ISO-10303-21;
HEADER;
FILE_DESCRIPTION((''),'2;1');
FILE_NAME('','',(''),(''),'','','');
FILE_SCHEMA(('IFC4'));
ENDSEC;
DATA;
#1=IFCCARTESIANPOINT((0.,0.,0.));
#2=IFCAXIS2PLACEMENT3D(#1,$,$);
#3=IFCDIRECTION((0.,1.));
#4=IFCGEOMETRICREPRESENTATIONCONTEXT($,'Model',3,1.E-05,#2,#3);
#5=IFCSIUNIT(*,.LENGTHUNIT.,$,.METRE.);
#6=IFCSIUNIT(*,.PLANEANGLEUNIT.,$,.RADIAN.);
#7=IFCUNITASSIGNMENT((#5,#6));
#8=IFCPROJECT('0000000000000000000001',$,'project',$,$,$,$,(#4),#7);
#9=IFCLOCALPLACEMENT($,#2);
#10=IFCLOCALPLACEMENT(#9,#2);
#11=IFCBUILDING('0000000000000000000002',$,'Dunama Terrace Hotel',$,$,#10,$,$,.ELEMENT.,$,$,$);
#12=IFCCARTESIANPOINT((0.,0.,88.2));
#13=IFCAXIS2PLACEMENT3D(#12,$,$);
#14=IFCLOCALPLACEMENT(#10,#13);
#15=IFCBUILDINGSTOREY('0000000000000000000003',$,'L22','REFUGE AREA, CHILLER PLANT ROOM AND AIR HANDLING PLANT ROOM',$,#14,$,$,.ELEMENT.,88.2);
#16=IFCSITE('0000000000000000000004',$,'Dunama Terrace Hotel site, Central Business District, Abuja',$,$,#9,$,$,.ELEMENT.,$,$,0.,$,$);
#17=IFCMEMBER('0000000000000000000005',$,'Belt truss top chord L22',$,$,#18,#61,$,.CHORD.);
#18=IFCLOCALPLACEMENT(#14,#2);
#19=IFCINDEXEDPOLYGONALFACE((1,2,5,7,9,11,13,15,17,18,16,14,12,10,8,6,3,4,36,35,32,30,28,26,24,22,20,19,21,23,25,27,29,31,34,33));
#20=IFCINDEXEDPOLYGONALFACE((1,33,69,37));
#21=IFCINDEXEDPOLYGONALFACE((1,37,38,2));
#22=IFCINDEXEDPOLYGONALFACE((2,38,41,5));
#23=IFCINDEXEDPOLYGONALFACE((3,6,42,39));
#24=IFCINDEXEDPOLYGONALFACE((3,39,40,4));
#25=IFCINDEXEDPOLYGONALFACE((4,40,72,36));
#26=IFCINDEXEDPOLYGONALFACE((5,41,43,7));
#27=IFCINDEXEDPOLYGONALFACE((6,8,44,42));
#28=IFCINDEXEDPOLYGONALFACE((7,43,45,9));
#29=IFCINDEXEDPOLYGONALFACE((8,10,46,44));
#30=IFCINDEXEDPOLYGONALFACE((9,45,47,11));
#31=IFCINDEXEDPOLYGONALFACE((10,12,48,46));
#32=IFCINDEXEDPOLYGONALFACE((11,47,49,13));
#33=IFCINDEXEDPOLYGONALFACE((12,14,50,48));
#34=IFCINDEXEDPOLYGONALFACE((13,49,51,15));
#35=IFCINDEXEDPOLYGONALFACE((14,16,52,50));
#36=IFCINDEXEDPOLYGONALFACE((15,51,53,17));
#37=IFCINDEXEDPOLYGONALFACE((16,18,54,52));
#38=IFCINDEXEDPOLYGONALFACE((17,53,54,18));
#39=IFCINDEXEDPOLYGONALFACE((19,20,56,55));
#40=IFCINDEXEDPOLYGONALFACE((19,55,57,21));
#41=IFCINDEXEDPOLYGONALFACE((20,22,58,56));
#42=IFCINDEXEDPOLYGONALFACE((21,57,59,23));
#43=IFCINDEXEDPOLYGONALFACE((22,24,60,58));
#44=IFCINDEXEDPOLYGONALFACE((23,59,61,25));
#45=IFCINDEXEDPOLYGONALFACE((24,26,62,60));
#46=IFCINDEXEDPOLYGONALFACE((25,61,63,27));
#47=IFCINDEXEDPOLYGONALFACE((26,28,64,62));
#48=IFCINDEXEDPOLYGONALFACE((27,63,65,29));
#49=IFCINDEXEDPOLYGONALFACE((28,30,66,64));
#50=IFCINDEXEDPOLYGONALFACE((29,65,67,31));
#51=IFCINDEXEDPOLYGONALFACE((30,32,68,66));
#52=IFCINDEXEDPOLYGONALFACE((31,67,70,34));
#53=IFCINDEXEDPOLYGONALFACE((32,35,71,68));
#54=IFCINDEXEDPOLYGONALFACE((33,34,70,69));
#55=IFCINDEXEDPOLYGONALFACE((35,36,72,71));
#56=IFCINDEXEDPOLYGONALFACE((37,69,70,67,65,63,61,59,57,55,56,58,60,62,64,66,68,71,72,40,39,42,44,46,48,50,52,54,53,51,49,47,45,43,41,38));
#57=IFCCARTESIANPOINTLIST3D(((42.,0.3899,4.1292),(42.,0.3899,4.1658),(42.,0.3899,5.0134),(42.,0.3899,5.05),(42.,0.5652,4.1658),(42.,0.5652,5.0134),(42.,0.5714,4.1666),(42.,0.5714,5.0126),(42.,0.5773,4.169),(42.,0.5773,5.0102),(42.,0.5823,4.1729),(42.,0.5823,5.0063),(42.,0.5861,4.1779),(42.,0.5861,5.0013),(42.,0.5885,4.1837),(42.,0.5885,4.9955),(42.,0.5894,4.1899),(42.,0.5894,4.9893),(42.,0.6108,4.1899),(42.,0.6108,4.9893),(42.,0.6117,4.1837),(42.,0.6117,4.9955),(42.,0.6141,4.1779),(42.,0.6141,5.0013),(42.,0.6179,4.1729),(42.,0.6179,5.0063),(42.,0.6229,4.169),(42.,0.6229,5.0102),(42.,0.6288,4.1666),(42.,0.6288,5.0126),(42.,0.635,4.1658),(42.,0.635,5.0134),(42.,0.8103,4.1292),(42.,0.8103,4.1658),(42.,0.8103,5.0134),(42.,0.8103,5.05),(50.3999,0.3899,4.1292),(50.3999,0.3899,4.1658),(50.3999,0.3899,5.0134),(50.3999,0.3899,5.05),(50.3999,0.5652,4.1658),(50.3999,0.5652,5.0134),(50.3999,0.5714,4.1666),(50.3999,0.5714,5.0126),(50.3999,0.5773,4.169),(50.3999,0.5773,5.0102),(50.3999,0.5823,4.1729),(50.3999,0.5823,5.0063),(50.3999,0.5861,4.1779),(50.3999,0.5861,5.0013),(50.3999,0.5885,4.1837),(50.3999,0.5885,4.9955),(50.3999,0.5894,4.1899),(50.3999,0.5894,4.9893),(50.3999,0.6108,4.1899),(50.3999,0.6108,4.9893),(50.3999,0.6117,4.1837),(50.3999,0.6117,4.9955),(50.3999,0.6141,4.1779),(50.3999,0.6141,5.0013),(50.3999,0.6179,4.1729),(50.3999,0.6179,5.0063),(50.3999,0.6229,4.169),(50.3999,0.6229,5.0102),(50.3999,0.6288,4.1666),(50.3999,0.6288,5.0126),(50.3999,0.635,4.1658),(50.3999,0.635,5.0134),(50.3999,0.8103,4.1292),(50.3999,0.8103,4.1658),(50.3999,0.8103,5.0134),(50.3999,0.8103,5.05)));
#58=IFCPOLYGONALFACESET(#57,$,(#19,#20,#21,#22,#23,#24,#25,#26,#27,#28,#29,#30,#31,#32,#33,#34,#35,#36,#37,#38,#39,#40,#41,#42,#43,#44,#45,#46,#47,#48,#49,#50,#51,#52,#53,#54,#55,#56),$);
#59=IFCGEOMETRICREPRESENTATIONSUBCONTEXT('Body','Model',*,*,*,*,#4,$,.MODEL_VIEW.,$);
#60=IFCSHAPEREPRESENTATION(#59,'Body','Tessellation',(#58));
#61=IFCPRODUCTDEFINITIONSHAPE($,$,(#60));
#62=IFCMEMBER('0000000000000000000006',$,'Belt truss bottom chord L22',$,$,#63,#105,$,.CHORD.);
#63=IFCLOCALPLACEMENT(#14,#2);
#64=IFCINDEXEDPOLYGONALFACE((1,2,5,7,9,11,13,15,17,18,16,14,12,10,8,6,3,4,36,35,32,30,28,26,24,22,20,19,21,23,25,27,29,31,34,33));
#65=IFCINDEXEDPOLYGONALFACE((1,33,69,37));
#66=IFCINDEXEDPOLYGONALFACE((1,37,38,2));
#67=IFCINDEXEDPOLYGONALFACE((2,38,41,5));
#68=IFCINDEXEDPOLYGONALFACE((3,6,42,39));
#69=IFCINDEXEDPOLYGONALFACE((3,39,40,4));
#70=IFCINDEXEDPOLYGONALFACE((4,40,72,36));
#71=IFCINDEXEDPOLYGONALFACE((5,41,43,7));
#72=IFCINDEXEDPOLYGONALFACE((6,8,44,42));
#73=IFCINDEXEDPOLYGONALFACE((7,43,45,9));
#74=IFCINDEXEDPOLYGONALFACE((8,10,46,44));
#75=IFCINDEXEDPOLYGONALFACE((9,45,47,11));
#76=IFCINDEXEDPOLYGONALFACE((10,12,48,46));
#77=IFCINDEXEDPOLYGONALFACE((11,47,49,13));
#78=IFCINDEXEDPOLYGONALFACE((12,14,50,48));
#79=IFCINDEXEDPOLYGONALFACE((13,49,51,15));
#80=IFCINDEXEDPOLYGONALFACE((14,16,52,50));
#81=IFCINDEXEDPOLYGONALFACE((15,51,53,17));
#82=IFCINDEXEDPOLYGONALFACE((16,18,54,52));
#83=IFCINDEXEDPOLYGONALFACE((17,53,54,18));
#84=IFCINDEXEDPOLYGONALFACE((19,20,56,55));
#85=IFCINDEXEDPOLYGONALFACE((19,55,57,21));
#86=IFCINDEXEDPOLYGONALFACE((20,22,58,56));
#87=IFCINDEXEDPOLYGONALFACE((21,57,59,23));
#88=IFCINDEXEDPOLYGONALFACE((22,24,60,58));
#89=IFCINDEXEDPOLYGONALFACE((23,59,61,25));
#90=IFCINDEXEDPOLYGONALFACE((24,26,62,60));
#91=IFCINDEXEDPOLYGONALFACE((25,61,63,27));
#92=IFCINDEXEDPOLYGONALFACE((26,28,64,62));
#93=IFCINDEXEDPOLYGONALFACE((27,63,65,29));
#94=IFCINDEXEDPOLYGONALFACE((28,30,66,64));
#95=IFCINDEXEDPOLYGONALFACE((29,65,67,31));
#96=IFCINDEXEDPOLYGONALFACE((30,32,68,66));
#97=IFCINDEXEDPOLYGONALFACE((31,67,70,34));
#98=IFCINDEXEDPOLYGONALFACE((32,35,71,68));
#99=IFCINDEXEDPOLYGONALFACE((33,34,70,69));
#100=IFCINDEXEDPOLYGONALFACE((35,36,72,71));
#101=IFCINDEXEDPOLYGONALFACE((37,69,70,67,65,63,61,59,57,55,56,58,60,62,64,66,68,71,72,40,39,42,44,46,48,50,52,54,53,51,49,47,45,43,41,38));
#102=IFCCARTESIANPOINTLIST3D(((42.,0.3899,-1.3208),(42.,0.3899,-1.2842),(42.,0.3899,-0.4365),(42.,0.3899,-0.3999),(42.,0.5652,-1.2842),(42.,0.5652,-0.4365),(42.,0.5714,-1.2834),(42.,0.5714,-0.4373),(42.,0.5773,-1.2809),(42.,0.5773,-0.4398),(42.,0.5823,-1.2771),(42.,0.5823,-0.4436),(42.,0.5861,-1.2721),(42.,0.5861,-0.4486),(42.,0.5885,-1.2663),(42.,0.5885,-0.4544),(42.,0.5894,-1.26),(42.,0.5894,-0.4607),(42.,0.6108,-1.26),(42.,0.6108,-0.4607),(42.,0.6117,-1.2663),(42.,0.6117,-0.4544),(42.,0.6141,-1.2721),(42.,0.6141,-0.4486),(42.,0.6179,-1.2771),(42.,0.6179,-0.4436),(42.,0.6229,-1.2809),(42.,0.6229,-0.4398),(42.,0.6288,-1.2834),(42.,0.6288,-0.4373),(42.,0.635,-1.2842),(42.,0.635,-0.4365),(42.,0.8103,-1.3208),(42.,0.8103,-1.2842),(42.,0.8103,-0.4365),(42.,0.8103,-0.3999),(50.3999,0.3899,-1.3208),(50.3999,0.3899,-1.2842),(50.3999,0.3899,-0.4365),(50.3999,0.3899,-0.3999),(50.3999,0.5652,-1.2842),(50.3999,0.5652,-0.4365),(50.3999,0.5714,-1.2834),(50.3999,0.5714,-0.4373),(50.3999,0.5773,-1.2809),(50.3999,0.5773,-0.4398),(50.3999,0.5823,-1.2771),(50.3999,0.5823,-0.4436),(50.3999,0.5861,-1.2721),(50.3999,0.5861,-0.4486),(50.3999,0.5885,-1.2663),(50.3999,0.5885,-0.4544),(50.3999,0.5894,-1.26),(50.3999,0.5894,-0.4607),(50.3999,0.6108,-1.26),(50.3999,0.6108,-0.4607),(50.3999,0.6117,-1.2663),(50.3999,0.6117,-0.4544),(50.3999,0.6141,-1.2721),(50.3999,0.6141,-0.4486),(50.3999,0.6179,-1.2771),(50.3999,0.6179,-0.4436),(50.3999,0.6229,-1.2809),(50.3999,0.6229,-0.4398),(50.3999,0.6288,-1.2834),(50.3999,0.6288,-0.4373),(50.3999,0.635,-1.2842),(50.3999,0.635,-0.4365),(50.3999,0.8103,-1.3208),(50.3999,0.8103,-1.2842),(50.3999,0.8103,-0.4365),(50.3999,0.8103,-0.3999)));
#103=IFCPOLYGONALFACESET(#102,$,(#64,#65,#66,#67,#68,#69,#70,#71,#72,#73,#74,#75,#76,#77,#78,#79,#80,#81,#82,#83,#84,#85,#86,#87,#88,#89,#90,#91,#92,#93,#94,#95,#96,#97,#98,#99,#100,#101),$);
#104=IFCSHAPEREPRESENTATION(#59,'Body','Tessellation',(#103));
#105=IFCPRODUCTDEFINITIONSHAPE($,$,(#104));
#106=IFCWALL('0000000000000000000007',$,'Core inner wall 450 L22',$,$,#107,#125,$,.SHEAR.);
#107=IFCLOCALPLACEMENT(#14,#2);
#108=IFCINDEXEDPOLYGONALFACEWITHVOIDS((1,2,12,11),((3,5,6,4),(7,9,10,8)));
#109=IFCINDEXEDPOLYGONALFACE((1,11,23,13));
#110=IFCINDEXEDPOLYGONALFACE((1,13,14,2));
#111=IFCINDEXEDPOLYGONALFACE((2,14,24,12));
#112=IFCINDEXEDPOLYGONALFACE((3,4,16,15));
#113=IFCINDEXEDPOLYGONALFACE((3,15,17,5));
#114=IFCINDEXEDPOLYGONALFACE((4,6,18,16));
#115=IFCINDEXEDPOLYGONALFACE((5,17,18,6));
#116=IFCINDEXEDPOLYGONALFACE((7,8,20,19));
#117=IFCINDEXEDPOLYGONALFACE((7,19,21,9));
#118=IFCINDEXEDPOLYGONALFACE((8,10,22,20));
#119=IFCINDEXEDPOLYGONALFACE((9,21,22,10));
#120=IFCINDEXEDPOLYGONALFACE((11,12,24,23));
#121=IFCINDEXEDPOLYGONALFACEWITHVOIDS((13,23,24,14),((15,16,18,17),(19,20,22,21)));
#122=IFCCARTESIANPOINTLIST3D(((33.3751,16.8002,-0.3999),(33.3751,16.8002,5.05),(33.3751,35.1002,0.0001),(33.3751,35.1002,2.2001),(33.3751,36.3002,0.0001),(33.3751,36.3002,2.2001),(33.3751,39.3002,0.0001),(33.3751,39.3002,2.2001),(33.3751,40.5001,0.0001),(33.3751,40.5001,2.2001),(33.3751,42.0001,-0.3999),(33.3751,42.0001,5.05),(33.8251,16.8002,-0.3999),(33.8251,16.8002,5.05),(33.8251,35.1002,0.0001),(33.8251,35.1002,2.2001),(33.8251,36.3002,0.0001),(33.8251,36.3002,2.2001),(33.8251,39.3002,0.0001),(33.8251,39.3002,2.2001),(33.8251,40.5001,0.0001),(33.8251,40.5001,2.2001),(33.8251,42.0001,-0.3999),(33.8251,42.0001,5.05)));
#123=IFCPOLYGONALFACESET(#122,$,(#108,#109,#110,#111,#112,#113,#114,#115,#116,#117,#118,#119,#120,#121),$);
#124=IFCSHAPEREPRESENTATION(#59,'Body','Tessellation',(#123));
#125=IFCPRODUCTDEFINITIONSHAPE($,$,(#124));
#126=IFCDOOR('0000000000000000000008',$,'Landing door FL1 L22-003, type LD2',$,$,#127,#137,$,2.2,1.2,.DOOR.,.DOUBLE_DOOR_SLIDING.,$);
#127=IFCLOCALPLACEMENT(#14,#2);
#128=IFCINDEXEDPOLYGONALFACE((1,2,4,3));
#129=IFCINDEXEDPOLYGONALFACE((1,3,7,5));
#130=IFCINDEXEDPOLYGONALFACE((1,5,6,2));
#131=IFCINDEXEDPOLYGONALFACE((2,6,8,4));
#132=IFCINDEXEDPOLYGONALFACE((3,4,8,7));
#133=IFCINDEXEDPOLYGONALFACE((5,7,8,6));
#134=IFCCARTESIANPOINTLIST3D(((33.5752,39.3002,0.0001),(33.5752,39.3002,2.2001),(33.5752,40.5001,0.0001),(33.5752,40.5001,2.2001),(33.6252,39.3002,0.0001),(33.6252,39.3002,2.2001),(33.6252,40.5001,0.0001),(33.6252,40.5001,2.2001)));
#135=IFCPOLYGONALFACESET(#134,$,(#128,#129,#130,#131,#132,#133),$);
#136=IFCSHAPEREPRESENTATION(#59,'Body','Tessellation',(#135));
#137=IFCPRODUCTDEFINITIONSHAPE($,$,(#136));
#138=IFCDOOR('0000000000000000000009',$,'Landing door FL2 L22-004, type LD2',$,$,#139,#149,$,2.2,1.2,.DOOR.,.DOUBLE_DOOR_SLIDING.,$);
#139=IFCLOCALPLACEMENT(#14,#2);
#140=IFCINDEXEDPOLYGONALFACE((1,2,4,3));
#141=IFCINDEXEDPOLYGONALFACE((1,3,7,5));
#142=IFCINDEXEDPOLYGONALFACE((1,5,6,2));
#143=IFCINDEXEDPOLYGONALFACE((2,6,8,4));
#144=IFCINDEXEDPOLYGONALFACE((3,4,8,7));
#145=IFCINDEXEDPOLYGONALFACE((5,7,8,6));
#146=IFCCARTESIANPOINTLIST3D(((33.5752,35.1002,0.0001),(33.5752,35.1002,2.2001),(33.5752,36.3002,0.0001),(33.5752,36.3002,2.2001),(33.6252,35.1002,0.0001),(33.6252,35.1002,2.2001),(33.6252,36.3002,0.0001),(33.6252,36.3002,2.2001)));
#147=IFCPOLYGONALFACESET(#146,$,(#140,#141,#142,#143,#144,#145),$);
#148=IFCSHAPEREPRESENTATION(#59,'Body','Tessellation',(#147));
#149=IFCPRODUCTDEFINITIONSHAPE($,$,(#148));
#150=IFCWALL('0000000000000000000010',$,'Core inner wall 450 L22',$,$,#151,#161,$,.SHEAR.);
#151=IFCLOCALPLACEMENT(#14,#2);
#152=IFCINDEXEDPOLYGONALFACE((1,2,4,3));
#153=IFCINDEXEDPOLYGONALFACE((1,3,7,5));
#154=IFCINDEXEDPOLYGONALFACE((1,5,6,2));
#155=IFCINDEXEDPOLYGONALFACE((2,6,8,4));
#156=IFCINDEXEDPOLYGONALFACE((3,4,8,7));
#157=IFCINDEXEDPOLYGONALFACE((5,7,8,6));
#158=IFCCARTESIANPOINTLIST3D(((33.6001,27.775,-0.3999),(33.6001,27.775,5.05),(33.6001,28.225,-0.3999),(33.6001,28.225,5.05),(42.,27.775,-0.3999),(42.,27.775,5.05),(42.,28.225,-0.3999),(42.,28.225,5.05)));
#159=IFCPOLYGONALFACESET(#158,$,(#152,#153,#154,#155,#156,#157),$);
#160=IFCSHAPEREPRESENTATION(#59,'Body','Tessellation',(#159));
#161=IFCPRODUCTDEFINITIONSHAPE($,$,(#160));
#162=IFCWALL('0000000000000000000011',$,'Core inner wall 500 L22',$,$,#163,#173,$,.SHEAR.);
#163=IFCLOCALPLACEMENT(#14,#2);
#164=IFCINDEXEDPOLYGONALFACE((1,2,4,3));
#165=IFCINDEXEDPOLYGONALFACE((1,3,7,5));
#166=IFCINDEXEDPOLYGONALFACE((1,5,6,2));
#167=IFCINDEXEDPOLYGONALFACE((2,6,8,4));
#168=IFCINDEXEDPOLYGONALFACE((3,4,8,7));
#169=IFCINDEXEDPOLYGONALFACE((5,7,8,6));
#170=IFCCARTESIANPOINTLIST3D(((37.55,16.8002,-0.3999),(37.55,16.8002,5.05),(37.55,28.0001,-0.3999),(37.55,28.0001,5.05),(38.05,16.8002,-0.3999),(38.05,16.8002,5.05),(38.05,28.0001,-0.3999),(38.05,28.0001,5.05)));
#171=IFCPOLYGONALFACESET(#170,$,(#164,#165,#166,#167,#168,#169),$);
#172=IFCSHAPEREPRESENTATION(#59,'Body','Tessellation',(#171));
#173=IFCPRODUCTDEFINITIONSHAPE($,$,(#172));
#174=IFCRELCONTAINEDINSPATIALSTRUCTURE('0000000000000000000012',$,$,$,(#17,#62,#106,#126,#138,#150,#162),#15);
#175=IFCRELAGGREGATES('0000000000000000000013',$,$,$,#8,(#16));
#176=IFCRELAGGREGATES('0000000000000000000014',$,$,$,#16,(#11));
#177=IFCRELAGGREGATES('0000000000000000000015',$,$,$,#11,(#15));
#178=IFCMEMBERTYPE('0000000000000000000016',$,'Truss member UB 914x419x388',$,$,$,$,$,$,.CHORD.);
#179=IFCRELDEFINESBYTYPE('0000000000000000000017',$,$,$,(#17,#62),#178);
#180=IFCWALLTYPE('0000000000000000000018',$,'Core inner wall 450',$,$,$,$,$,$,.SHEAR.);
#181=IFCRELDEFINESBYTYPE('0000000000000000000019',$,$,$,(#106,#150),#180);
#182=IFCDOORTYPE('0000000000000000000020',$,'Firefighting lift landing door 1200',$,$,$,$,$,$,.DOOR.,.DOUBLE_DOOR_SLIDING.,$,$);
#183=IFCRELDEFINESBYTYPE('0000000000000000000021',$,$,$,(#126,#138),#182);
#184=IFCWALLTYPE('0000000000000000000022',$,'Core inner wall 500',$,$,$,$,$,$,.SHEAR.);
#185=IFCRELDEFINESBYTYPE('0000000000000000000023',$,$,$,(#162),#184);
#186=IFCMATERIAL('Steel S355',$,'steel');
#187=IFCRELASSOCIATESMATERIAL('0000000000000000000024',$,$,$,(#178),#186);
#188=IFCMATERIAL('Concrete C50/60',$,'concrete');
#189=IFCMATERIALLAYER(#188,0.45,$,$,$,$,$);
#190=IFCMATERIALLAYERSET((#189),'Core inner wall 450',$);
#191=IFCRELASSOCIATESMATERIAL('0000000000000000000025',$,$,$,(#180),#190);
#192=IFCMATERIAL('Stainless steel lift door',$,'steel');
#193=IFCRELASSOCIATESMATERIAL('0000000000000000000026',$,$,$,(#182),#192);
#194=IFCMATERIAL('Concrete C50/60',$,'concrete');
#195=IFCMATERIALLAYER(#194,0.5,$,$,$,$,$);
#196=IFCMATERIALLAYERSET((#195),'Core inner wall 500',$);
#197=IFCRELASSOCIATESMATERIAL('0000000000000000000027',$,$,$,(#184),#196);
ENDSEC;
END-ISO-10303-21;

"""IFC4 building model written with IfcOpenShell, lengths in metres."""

from ifc_helpers import new_model, si_unit, direction, frame, frame_2d, origin, origin_2d, place, context, subcontext, project, spatial, rectangle, i_section, extrude, material, layer, layer_set, material_profile, profile_set, type_object, element, fill, save


model = new_model("IFC4")

# Units and contexts
model_context = context("Model", 3, precision=1e-05, world=origin(), true_north=direction((0.0, 1.0)))
body_context = subcontext(model_context, "Body", "Model", "MODEL_VIEW")
ifc_project = project(units=[si_unit("LENGTHUNIT", "METRE"), si_unit("PLANEANGLEUNIT", "RADIAN")], contexts=[model_context])

# Site, building, storey
site_placement = place(None, origin())
site = spatial("IfcSite", under=ifc_project, at=site_placement, Name="Dunama Terrace Hotel site, Central Business District, Abuja", CompositionType="ELEMENT", RefElevation=0.0)
building_placement = place(site_placement, origin())
building = spatial("IfcBuilding", under=site, at=building_placement, Name="Dunama Terrace Hotel", CompositionType="ELEMENT")
storey_placement = place(building_placement, frame((0.0, 0.0, 88.2)))
storey = spatial("IfcBuildingStorey", under=building, at=storey_placement, Name="L22", Description="REFUGE AREA, CHILLER PLANT ROOM AND AIR HANDLING PLANT ROOM", CompositionType="ELEMENT", Elevation=88.2)

# Members
ifc_material_1 = material(Name="Steel S355", Category="steel")
ifc_material_profile_1 = material_profile(ifc_material_1, i_section(OverallWidth=0.4204, OverallDepth=0.9209, WebThickness=0.0215, FlangeThickness=0.0366, FilletRadius=0.0242, at=origin_2d()), Name="UB 914x419x388")
ifc_profile_set_1 = profile_set([ifc_material_profile_1], Name="Steel S355")
member_type_1 = type_object("IfcMemberType", Name="Truss member UB 914x419x388", PredefinedType="CHORD", material=ifc_profile_set_1)
for number, where, z_axis, x_axis, name in (
    (1, (42.0, 0.6001, 4.5896), (1.0, 0.0, 0.0), (0.0, 1.0, 0.0), "Belt truss top chord L22"),
    (2, (42.0, 0.6001, -0.8604), (1.0, 0.0, 0.0), (0.0, 1.0, 0.0), "Belt truss bottom chord L22"),
):
    element("IfcMember", number, at=place(storey_placement, frame(where, z_axis=z_axis, x_axis=x_axis)), inside=storey, type_object=member_type_1, Name=name, PredefinedType="CHORD", context=body_context, shape_type="SweptSolid", body=[
        extrude(i_section(OverallWidth=0.4204, OverallDepth=0.9209, WebThickness=0.0215, FlangeThickness=0.0366, FilletRadius=0.0242, at=origin_2d()), origin(), (0.0, 0.0, 1.0), 8.3999),
    ])

# Wall, openings, doors
ifc_material_2 = material(Name="Concrete C50/60", Category="concrete")
ifc_layer_1 = layer(ifc_material_2, 0.45)
ifc_layer_set_1 = layer_set([ifc_layer_1], Name="Core inner wall 450")
wall_type_1 = type_object("IfcWallType", Name="Core inner wall 450", PredefinedType="SHEAR", material=ifc_layer_set_1)
wall_1_placement = place(storey_placement, frame((33.6001, 16.8, -0.3999), z_axis=(0.0, 0.0, 1.0), x_axis=(0.0, 1.0, 0.0)))
wall_1 = element("IfcWall", 3, at=wall_1_placement, inside=storey, type_object=wall_type_1, Name="Core inner wall 450 L22", PredefinedType="SHEAR", context=body_context, shape_type="SweptSolid", body=[
    extrude(rectangle(XDim=25.2, YDim=0.45, at=frame_2d((12.6001, 0.0))), origin(), (0.0, 0.0, 1.0), 5.45),
])
opening_1_placement = place(wall_1_placement, frame((22.5, 0.0, 0.3999)))
opening_1 = element("IfcOpeningElement", 4, at=opening_1_placement, cuts=wall_1, PredefinedType="OPENING", context=body_context, shape_type="SweptSolid", body=[
    extrude(rectangle(XDim=1.2, YDim=2.2, at=frame_2d((0.6001, 1.1001))), frame((0.0, 0.2349, 0.0), z_axis=(0.0, -1.0, 0.0), x_axis=(1.0, 0.0, 0.0)), (0.0, 0.0, 1.0), 0.47),
])
opening_2_placement = place(wall_1_placement, frame((18.3, 0.0, 0.3999)))
opening_2 = element("IfcOpeningElement", 5, at=opening_2_placement, cuts=wall_1, PredefinedType="OPENING", context=body_context, shape_type="SweptSolid", body=[
    extrude(rectangle(XDim=1.2, YDim=2.2, at=frame_2d((0.6001, 1.1001))), frame((0.0, 0.2349, 0.0), z_axis=(0.0, -1.0, 0.0), x_axis=(1.0, 0.0, 0.0)), (0.0, 0.0, 1.0), 0.47),
])
ifc_material_3 = material(Name="Stainless steel lift door", Category="steel")
door_type_1 = type_object("IfcDoorType", Name="Firefighting lift landing door 1200", OperationType="DOUBLE_DOOR_SLIDING", PredefinedType="DOOR", material=ifc_material_3)
door_1_placement = place(opening_1_placement, origin())
door_1 = element("IfcDoor", 6, at=door_1_placement, inside=storey, type_object=door_type_1, Name="Landing door FL1 L22-003, type LD2", OperationType="DOUBLE_DOOR_SLIDING", OverallHeight=2.2, OverallWidth=1.2, PredefinedType="DOOR", context=body_context, shape_type="SweptSolid", body=[
    extrude(rectangle(XDim=1.2, YDim=2.2, at=frame_2d((0.6001, 1.1001))), frame((0.0, 0.0249, 0.0), z_axis=(0.0, -1.0, 0.0), x_axis=(1.0, 0.0, 0.0)), (0.0, 0.0, 1.0), 0.05),
])
fill(opening_1, door_1)
door_2_placement = place(opening_2_placement, origin())
door_2 = element("IfcDoor", 7, at=door_2_placement, inside=storey, type_object=door_type_1, Name="Landing door FL2 L22-004, type LD2", OperationType="DOUBLE_DOOR_SLIDING", OverallHeight=2.2, OverallWidth=1.2, PredefinedType="DOOR", context=body_context, shape_type="SweptSolid", body=[
    extrude(rectangle(XDim=1.2, YDim=2.2, at=frame_2d((0.6001, 1.1001))), frame((0.0, 0.0249, 0.0), z_axis=(0.0, -1.0, 0.0), x_axis=(1.0, 0.0, 0.0)), (0.0, 0.0, 1.0), 0.05),
])
fill(opening_2, door_2)

# Walls
wall_2_placement = place(storey_placement, frame((33.6001, 28.0, -0.3999), z_axis=(0.0, 0.0, 1.0), x_axis=(1.0, 0.0, 0.0)))
element("IfcWall", 8, at=wall_2_placement, inside=storey, type_object=wall_type_1, Name="Core inner wall 450 L22", PredefinedType="SHEAR", context=body_context, shape_type="SweptSolid", body=[
    extrude(rectangle(XDim=8.3999, YDim=0.45, at=frame_2d((4.2, 0.0))), origin(), (0.0, 0.0, 1.0), 5.45),
])
ifc_material_4 = material(Name="Concrete C50/60", Category="concrete")
ifc_layer_2 = layer(ifc_material_4, 0.5)
ifc_layer_set_2 = layer_set([ifc_layer_2], Name="Core inner wall 500")
wall_type_2 = type_object("IfcWallType", Name="Core inner wall 500", PredefinedType="SHEAR", material=ifc_layer_set_2)
wall_3_placement = place(storey_placement, frame((37.8, 16.8, -0.3999), z_axis=(0.0, 0.0, 1.0), x_axis=(0.0, 1.0, 0.0)))
element("IfcWall", 9, at=wall_3_placement, inside=storey, type_object=wall_type_2, Name="Core inner wall 500 L22", PredefinedType="SHEAR", context=body_context, shape_type="SweptSolid", body=[
    extrude(rectangle(XDim=11.2, YDim=0.5, at=frame_2d((5.6001, 0.0))), origin(), (0.0, 0.0, 1.0), 5.45),
])

save(model, "model.ifc")
